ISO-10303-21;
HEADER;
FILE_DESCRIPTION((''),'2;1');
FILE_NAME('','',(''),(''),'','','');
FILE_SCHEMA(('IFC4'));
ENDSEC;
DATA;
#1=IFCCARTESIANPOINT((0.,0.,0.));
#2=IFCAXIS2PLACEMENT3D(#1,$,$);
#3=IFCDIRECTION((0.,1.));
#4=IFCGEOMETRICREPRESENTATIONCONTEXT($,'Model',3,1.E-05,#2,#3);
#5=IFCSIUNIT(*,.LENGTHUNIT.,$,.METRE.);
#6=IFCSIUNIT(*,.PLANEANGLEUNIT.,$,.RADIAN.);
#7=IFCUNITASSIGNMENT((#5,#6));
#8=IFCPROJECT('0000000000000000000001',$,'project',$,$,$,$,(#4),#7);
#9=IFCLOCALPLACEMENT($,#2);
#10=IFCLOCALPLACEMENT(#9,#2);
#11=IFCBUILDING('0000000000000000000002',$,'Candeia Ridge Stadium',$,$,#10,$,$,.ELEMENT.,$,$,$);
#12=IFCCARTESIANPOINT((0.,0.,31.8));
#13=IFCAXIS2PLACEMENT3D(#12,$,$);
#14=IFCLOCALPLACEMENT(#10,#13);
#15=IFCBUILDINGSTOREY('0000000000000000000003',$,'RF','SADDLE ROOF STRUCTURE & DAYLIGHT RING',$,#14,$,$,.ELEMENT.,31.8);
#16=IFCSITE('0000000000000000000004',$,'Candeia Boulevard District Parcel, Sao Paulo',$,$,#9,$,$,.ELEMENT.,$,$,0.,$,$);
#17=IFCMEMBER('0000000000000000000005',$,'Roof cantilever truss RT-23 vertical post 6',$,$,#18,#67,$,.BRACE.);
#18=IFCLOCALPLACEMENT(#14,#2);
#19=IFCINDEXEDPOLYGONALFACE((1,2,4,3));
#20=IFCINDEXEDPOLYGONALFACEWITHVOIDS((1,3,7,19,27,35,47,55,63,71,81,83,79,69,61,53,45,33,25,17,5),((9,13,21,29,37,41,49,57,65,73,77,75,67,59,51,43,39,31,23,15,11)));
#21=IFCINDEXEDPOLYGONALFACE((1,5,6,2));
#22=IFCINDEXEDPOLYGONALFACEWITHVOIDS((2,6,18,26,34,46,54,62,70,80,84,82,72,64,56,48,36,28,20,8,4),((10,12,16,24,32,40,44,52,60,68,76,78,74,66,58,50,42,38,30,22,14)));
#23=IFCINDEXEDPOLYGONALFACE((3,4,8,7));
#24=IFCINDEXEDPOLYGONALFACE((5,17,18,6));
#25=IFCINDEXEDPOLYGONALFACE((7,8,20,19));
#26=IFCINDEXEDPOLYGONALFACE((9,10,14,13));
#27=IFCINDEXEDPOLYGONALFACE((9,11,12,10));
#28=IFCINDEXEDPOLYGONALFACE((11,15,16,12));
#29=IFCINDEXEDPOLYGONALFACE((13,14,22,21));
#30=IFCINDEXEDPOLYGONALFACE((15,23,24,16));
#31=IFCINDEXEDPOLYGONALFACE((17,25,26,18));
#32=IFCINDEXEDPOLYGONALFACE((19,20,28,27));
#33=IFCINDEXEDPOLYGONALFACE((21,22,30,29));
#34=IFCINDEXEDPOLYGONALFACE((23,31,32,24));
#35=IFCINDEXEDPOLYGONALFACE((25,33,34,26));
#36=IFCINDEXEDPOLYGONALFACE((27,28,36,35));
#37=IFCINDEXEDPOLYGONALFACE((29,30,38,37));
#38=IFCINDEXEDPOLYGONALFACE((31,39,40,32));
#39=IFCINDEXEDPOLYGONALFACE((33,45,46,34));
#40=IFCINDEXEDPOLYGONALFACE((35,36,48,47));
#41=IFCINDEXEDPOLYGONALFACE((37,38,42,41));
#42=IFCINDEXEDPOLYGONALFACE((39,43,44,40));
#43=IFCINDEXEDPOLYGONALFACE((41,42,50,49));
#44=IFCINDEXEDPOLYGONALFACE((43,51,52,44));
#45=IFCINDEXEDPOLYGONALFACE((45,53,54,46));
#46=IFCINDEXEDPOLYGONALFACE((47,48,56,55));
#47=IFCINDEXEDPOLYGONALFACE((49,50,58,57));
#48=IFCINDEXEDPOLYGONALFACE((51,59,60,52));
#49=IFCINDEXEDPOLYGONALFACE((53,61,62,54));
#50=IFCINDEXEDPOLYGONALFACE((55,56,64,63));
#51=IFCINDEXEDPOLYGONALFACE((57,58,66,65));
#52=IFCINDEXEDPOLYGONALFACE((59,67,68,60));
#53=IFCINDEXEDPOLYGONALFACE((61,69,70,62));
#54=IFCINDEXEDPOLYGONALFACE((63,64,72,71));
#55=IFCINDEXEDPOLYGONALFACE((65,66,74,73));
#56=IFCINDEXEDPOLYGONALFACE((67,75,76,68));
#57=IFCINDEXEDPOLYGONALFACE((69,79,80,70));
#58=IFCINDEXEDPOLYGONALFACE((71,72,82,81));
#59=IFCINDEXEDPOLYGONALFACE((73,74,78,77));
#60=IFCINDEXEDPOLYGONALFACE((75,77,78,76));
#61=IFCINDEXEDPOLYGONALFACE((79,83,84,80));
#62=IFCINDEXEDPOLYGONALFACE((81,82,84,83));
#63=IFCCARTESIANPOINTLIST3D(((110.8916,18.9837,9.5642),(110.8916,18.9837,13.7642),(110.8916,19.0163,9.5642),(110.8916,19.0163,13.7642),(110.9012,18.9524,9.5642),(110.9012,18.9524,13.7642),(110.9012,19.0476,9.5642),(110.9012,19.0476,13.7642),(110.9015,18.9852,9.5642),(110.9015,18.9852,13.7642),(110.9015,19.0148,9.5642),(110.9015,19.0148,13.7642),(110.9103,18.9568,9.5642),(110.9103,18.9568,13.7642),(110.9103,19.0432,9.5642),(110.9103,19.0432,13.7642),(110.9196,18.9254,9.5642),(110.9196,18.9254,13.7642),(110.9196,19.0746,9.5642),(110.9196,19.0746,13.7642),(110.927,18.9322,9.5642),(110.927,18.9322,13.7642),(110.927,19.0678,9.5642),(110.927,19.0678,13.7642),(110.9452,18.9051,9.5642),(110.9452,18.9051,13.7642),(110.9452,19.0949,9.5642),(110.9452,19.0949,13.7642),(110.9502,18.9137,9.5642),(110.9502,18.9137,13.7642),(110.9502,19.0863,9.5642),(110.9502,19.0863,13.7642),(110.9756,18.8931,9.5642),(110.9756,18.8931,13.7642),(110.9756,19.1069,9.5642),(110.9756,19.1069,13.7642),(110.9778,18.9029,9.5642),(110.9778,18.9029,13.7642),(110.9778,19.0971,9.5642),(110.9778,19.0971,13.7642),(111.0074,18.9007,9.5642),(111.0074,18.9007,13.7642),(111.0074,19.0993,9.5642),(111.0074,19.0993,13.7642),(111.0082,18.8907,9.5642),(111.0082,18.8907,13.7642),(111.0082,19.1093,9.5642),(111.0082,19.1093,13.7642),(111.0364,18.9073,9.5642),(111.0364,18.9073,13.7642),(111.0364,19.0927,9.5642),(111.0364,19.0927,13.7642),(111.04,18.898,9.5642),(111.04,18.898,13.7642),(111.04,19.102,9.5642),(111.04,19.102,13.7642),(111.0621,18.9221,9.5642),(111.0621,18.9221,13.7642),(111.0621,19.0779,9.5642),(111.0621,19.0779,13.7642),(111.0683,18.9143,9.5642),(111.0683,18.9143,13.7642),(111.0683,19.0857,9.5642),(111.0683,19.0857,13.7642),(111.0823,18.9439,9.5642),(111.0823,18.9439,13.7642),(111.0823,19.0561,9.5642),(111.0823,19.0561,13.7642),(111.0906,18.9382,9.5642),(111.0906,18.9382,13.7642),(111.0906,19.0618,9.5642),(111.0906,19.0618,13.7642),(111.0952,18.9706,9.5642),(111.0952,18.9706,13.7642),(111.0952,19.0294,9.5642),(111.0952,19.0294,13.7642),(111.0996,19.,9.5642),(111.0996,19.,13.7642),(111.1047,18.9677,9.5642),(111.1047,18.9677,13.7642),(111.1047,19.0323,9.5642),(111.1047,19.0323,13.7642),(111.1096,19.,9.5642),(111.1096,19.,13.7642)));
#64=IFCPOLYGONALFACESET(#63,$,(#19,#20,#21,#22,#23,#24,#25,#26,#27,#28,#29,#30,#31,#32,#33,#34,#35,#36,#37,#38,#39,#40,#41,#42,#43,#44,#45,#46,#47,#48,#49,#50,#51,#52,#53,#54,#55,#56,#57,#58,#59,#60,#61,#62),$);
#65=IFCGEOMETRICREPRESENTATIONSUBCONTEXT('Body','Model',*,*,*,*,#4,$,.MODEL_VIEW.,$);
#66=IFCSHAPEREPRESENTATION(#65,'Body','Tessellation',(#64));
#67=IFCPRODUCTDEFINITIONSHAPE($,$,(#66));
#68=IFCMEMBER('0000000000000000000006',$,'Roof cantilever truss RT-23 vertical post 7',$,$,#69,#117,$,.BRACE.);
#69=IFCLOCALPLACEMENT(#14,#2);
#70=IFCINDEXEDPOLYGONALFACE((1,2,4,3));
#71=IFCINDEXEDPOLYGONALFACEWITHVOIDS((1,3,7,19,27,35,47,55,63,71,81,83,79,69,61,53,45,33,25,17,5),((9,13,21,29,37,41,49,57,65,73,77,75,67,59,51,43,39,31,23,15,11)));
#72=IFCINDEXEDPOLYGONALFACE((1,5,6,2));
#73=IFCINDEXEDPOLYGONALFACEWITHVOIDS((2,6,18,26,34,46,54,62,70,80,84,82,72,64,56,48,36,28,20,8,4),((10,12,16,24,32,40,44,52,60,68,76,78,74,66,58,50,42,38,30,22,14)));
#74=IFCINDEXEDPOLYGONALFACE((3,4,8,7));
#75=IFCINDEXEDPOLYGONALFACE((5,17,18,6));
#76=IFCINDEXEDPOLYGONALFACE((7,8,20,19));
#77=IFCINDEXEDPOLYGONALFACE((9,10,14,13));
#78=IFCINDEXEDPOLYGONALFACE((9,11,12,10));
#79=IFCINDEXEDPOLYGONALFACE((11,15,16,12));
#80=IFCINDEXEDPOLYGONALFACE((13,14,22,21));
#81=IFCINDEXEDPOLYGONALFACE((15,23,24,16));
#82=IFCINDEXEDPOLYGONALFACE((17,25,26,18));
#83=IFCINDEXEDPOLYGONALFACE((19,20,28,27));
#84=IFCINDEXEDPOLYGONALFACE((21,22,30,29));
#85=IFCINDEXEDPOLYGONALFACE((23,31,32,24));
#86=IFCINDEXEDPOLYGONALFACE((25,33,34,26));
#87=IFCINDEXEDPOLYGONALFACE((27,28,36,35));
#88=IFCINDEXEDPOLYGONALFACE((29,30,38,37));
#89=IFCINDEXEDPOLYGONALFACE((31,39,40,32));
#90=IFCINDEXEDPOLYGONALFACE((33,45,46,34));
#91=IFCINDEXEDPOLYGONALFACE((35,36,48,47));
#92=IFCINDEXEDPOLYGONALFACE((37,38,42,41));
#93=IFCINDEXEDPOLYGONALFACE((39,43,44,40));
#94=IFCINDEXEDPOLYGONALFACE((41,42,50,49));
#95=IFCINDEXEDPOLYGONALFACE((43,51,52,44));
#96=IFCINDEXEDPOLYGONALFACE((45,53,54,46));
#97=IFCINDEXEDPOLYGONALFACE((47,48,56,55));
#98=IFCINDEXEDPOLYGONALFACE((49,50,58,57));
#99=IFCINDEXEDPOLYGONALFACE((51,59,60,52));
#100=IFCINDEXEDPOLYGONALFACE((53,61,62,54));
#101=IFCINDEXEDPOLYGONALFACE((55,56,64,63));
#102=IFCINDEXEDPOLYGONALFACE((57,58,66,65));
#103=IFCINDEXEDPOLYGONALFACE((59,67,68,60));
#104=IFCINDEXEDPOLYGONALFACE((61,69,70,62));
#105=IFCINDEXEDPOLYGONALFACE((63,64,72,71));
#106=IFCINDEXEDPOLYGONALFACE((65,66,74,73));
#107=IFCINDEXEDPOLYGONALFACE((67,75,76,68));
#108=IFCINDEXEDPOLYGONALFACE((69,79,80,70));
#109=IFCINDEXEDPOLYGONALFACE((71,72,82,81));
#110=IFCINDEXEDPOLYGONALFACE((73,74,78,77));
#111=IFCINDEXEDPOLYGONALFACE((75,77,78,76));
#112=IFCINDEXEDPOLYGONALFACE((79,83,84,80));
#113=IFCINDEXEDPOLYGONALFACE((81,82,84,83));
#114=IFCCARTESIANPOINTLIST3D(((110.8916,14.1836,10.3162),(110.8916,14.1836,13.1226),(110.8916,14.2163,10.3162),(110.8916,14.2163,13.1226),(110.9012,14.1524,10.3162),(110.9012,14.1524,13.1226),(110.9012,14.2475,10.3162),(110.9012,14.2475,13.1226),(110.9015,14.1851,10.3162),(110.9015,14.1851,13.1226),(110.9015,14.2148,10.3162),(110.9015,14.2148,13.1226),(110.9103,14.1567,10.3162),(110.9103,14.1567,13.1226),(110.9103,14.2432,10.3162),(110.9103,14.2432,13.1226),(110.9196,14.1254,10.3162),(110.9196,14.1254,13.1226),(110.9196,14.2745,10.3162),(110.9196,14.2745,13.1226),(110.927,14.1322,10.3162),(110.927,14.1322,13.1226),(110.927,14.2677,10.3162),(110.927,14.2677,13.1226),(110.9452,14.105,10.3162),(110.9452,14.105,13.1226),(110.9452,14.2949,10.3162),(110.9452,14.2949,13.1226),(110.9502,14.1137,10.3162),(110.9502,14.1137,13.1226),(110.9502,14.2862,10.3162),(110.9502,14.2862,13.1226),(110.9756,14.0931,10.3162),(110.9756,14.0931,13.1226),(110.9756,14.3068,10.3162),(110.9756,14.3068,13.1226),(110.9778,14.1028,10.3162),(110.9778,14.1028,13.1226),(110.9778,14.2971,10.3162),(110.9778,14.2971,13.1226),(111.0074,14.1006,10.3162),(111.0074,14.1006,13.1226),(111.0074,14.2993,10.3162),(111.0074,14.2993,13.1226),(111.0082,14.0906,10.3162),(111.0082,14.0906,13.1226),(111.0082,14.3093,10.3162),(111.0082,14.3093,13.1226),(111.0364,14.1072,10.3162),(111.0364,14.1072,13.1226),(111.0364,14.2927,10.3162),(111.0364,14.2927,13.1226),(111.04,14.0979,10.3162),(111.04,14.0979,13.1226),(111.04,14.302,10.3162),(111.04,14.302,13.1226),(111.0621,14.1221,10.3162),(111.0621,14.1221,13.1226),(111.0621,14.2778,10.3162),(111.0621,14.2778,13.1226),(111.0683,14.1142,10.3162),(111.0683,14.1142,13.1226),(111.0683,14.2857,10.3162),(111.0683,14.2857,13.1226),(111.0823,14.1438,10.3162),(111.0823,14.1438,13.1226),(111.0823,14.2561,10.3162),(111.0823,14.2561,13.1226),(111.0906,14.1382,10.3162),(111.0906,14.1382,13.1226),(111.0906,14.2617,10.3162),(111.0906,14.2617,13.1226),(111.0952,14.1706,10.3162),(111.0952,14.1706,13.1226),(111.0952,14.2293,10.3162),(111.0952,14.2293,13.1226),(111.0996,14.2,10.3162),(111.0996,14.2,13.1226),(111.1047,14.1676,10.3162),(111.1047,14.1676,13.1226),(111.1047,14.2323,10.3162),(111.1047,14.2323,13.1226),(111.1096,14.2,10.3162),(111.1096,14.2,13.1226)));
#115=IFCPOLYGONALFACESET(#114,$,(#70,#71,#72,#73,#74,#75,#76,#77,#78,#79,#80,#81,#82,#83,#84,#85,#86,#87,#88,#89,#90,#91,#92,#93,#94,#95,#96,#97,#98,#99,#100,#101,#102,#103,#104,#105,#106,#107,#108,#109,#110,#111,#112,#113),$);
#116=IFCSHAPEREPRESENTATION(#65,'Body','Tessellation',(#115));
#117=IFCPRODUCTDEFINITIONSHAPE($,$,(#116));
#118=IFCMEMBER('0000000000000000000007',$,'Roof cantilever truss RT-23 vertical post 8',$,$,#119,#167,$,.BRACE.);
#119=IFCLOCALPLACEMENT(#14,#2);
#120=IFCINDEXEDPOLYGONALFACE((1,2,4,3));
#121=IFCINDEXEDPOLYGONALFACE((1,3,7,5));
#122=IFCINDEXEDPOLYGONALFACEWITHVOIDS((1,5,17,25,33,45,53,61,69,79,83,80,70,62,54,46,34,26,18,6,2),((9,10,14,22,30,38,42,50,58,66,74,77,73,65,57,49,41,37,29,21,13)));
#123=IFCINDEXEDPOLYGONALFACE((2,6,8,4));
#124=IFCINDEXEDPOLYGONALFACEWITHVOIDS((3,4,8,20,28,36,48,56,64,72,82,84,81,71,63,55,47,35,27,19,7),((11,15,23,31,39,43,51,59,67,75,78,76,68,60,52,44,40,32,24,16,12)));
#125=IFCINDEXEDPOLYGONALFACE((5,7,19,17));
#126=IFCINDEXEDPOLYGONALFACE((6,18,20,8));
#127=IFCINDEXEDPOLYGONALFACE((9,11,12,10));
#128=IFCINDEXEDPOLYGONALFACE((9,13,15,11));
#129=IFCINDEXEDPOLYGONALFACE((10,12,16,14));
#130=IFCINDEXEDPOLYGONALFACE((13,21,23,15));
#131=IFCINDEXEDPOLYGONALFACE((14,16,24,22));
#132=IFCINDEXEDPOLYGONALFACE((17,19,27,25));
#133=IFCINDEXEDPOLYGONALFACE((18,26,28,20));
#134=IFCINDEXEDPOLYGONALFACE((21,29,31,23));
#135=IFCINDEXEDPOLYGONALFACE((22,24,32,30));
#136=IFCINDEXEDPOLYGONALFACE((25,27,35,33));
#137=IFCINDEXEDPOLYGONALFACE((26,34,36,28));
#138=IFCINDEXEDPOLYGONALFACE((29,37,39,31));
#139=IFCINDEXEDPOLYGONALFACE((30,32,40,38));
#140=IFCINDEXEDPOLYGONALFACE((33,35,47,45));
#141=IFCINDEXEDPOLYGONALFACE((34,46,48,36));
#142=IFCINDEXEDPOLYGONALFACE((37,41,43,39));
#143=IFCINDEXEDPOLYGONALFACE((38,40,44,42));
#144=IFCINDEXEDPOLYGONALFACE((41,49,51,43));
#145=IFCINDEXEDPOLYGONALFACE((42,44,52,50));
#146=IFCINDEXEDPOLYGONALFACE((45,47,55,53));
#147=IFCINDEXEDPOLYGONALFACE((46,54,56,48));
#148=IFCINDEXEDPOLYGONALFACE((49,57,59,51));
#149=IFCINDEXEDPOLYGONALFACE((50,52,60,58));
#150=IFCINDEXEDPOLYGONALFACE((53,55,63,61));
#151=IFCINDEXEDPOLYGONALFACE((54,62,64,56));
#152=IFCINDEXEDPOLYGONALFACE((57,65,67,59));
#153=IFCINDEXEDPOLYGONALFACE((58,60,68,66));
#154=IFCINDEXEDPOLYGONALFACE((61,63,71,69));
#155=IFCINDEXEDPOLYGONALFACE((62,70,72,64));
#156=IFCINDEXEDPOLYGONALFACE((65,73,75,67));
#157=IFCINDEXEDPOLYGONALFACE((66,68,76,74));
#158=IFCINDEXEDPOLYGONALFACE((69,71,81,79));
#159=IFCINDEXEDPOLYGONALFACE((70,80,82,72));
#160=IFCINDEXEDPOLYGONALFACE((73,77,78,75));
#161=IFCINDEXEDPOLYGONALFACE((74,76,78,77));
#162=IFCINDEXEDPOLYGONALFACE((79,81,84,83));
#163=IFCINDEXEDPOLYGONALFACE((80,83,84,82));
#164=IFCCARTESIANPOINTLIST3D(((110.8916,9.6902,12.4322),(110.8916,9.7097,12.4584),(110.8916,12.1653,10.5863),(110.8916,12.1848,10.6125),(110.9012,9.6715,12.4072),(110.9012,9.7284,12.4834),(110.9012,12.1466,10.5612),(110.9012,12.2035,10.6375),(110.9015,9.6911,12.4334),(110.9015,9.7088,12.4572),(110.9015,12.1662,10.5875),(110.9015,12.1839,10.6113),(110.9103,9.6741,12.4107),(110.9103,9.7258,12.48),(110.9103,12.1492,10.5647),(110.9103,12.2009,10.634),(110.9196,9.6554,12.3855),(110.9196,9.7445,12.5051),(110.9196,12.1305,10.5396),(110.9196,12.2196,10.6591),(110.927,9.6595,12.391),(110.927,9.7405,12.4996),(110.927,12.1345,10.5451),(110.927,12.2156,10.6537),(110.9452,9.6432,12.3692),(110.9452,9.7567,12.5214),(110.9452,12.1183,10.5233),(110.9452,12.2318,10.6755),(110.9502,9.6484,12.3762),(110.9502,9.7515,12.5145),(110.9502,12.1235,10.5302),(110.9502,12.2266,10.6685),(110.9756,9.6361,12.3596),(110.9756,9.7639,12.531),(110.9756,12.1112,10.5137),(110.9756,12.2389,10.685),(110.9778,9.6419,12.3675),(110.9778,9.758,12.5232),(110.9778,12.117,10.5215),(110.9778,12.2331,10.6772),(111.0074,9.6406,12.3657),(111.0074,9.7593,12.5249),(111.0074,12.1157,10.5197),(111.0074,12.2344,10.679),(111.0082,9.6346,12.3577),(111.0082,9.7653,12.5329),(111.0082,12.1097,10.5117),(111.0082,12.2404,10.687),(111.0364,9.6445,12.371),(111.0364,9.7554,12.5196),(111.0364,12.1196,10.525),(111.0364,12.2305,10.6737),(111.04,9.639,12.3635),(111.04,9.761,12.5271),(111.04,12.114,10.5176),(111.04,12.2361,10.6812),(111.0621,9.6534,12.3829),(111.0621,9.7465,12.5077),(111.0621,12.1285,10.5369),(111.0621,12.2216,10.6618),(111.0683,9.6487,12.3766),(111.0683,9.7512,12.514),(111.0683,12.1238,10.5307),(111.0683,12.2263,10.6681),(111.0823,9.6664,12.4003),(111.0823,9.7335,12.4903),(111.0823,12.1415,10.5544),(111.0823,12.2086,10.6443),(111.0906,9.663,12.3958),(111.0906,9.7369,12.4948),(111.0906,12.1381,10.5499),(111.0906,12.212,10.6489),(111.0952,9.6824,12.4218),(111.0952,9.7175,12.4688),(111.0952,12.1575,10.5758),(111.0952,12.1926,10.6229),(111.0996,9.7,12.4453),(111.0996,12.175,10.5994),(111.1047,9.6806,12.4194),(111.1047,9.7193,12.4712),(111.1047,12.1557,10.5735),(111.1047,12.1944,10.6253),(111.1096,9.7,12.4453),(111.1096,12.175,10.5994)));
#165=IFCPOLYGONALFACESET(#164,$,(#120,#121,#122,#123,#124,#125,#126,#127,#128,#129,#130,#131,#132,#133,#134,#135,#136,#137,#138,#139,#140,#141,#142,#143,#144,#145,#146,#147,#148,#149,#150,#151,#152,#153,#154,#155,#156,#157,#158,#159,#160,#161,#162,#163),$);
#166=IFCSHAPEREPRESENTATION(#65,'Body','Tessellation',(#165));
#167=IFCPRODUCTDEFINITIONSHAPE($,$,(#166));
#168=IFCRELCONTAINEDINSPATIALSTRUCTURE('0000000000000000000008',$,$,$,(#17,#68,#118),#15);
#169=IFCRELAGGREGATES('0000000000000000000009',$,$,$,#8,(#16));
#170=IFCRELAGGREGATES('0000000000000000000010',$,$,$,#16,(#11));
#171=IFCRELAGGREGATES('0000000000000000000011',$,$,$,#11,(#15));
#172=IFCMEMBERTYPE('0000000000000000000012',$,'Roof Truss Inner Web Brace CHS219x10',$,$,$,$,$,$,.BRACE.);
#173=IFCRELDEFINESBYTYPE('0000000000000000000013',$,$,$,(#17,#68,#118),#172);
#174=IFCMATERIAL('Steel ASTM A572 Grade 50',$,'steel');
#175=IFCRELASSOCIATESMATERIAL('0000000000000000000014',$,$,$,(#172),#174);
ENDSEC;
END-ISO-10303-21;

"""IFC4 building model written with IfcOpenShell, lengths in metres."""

from ifc_helpers import new_model, si_unit, direction, frame, origin, origin_2d, place, context, subcontext, project, spatial, hollow_circle, extrude, material, material_profile, profile_set, type_object, element, save


model = new_model("IFC4")

# Units and contexts
model_context = context("Model", 3, precision=1e-05, world=origin(), true_north=direction((0.0, 1.0)))
body_context = subcontext(model_context, "Body", "Model", "MODEL_VIEW")
ifc_project = project(units=[si_unit("LENGTHUNIT", "METRE"), si_unit("PLANEANGLEUNIT", "RADIAN")], contexts=[model_context])

# Site, building, storey
site_placement = place(None, origin())
site = spatial("IfcSite", under=ifc_project, at=site_placement, Name="Candeia Boulevard District Parcel, Sao Paulo", CompositionType="ELEMENT", RefElevation=0.0)
building_placement = place(site_placement, origin())
building = spatial("IfcBuilding", under=site, at=building_placement, Name="Candeia Ridge Stadium", CompositionType="ELEMENT")
storey_placement = place(building_placement, frame((0.0, 0.0, 31.8)))
storey = spatial("IfcBuildingStorey", under=building, at=storey_placement, Name="RF", Description="SADDLE ROOF STRUCTURE & DAYLIGHT RING", CompositionType="ELEMENT", Elevation=31.8)

# Shared definitions
ifc_material_1 = material(Name="Steel ASTM A572 Grade 50", Category="steel")

# Members
ifc_material_profile_1 = material_profile(ifc_material_1, hollow_circle(Radius=0.1096, WallThickness=0.01, at=origin_2d()), Name="CHS219x10", Category="steel")
ifc_profile_set_1 = profile_set([ifc_material_profile_1], Name="Steel ASTM A572 Grade 50")
member_type_1 = type_object("IfcMemberType", Name="Roof Truss Inner Web Brace CHS219x10", PredefinedType="BRACE", material=ifc_profile_set_1)
member_1_placement = place(storey_placement, frame((111.0, 19.0, 9.5642), z_axis=(0.0, 0.0, 1.0), x_axis=(1.0, 0.0, 0.0)))
element("IfcMember", 1, at=member_1_placement, inside=storey, type_object=member_type_1, Name="Roof cantilever truss RT-23 vertical post 6", PredefinedType="BRACE", context=body_context, shape_type="SweptSolid", body=[
    extrude(hollow_circle(Radius=0.1096, WallThickness=0.01, at=origin_2d()), origin(), (0.0, 0.0, 1.0), 4.2),
])
member_2_placement = place(storey_placement, frame((111.0, 14.2, 10.3162), z_axis=(0.0, 0.0, 1.0), x_axis=(1.0, 0.0, 0.0)))
element("IfcMember", 2, at=member_2_placement, inside=storey, type_object=member_type_1, Name="Roof cantilever truss RT-23 vertical post 7", PredefinedType="BRACE", context=body_context, shape_type="SweptSolid", body=[
    extrude(hollow_circle(Radius=0.1096, WallThickness=0.01, at=origin_2d()), origin(), (0.0, 0.0, 1.0), 2.8064),
])
member_3_placement = place(storey_placement, frame((111.0, 12.175, 10.5994), z_axis=(0.0, -0.80161, 0.597847), x_axis=(1.0, 0.0, 0.0)))
element("IfcMember", 3, at=member_3_placement, inside=storey, type_object=member_type_1, Name="Roof cantilever truss RT-23 vertical post 8", PredefinedType="BRACE", context=body_context, shape_type="SweptSolid", body=[
    extrude(hollow_circle(Radius=0.1096, WallThickness=0.01, at=origin_2d()), origin(), (0.0, 0.0, 1.0), 3.0876),
])

save(model, "model.ifc")
